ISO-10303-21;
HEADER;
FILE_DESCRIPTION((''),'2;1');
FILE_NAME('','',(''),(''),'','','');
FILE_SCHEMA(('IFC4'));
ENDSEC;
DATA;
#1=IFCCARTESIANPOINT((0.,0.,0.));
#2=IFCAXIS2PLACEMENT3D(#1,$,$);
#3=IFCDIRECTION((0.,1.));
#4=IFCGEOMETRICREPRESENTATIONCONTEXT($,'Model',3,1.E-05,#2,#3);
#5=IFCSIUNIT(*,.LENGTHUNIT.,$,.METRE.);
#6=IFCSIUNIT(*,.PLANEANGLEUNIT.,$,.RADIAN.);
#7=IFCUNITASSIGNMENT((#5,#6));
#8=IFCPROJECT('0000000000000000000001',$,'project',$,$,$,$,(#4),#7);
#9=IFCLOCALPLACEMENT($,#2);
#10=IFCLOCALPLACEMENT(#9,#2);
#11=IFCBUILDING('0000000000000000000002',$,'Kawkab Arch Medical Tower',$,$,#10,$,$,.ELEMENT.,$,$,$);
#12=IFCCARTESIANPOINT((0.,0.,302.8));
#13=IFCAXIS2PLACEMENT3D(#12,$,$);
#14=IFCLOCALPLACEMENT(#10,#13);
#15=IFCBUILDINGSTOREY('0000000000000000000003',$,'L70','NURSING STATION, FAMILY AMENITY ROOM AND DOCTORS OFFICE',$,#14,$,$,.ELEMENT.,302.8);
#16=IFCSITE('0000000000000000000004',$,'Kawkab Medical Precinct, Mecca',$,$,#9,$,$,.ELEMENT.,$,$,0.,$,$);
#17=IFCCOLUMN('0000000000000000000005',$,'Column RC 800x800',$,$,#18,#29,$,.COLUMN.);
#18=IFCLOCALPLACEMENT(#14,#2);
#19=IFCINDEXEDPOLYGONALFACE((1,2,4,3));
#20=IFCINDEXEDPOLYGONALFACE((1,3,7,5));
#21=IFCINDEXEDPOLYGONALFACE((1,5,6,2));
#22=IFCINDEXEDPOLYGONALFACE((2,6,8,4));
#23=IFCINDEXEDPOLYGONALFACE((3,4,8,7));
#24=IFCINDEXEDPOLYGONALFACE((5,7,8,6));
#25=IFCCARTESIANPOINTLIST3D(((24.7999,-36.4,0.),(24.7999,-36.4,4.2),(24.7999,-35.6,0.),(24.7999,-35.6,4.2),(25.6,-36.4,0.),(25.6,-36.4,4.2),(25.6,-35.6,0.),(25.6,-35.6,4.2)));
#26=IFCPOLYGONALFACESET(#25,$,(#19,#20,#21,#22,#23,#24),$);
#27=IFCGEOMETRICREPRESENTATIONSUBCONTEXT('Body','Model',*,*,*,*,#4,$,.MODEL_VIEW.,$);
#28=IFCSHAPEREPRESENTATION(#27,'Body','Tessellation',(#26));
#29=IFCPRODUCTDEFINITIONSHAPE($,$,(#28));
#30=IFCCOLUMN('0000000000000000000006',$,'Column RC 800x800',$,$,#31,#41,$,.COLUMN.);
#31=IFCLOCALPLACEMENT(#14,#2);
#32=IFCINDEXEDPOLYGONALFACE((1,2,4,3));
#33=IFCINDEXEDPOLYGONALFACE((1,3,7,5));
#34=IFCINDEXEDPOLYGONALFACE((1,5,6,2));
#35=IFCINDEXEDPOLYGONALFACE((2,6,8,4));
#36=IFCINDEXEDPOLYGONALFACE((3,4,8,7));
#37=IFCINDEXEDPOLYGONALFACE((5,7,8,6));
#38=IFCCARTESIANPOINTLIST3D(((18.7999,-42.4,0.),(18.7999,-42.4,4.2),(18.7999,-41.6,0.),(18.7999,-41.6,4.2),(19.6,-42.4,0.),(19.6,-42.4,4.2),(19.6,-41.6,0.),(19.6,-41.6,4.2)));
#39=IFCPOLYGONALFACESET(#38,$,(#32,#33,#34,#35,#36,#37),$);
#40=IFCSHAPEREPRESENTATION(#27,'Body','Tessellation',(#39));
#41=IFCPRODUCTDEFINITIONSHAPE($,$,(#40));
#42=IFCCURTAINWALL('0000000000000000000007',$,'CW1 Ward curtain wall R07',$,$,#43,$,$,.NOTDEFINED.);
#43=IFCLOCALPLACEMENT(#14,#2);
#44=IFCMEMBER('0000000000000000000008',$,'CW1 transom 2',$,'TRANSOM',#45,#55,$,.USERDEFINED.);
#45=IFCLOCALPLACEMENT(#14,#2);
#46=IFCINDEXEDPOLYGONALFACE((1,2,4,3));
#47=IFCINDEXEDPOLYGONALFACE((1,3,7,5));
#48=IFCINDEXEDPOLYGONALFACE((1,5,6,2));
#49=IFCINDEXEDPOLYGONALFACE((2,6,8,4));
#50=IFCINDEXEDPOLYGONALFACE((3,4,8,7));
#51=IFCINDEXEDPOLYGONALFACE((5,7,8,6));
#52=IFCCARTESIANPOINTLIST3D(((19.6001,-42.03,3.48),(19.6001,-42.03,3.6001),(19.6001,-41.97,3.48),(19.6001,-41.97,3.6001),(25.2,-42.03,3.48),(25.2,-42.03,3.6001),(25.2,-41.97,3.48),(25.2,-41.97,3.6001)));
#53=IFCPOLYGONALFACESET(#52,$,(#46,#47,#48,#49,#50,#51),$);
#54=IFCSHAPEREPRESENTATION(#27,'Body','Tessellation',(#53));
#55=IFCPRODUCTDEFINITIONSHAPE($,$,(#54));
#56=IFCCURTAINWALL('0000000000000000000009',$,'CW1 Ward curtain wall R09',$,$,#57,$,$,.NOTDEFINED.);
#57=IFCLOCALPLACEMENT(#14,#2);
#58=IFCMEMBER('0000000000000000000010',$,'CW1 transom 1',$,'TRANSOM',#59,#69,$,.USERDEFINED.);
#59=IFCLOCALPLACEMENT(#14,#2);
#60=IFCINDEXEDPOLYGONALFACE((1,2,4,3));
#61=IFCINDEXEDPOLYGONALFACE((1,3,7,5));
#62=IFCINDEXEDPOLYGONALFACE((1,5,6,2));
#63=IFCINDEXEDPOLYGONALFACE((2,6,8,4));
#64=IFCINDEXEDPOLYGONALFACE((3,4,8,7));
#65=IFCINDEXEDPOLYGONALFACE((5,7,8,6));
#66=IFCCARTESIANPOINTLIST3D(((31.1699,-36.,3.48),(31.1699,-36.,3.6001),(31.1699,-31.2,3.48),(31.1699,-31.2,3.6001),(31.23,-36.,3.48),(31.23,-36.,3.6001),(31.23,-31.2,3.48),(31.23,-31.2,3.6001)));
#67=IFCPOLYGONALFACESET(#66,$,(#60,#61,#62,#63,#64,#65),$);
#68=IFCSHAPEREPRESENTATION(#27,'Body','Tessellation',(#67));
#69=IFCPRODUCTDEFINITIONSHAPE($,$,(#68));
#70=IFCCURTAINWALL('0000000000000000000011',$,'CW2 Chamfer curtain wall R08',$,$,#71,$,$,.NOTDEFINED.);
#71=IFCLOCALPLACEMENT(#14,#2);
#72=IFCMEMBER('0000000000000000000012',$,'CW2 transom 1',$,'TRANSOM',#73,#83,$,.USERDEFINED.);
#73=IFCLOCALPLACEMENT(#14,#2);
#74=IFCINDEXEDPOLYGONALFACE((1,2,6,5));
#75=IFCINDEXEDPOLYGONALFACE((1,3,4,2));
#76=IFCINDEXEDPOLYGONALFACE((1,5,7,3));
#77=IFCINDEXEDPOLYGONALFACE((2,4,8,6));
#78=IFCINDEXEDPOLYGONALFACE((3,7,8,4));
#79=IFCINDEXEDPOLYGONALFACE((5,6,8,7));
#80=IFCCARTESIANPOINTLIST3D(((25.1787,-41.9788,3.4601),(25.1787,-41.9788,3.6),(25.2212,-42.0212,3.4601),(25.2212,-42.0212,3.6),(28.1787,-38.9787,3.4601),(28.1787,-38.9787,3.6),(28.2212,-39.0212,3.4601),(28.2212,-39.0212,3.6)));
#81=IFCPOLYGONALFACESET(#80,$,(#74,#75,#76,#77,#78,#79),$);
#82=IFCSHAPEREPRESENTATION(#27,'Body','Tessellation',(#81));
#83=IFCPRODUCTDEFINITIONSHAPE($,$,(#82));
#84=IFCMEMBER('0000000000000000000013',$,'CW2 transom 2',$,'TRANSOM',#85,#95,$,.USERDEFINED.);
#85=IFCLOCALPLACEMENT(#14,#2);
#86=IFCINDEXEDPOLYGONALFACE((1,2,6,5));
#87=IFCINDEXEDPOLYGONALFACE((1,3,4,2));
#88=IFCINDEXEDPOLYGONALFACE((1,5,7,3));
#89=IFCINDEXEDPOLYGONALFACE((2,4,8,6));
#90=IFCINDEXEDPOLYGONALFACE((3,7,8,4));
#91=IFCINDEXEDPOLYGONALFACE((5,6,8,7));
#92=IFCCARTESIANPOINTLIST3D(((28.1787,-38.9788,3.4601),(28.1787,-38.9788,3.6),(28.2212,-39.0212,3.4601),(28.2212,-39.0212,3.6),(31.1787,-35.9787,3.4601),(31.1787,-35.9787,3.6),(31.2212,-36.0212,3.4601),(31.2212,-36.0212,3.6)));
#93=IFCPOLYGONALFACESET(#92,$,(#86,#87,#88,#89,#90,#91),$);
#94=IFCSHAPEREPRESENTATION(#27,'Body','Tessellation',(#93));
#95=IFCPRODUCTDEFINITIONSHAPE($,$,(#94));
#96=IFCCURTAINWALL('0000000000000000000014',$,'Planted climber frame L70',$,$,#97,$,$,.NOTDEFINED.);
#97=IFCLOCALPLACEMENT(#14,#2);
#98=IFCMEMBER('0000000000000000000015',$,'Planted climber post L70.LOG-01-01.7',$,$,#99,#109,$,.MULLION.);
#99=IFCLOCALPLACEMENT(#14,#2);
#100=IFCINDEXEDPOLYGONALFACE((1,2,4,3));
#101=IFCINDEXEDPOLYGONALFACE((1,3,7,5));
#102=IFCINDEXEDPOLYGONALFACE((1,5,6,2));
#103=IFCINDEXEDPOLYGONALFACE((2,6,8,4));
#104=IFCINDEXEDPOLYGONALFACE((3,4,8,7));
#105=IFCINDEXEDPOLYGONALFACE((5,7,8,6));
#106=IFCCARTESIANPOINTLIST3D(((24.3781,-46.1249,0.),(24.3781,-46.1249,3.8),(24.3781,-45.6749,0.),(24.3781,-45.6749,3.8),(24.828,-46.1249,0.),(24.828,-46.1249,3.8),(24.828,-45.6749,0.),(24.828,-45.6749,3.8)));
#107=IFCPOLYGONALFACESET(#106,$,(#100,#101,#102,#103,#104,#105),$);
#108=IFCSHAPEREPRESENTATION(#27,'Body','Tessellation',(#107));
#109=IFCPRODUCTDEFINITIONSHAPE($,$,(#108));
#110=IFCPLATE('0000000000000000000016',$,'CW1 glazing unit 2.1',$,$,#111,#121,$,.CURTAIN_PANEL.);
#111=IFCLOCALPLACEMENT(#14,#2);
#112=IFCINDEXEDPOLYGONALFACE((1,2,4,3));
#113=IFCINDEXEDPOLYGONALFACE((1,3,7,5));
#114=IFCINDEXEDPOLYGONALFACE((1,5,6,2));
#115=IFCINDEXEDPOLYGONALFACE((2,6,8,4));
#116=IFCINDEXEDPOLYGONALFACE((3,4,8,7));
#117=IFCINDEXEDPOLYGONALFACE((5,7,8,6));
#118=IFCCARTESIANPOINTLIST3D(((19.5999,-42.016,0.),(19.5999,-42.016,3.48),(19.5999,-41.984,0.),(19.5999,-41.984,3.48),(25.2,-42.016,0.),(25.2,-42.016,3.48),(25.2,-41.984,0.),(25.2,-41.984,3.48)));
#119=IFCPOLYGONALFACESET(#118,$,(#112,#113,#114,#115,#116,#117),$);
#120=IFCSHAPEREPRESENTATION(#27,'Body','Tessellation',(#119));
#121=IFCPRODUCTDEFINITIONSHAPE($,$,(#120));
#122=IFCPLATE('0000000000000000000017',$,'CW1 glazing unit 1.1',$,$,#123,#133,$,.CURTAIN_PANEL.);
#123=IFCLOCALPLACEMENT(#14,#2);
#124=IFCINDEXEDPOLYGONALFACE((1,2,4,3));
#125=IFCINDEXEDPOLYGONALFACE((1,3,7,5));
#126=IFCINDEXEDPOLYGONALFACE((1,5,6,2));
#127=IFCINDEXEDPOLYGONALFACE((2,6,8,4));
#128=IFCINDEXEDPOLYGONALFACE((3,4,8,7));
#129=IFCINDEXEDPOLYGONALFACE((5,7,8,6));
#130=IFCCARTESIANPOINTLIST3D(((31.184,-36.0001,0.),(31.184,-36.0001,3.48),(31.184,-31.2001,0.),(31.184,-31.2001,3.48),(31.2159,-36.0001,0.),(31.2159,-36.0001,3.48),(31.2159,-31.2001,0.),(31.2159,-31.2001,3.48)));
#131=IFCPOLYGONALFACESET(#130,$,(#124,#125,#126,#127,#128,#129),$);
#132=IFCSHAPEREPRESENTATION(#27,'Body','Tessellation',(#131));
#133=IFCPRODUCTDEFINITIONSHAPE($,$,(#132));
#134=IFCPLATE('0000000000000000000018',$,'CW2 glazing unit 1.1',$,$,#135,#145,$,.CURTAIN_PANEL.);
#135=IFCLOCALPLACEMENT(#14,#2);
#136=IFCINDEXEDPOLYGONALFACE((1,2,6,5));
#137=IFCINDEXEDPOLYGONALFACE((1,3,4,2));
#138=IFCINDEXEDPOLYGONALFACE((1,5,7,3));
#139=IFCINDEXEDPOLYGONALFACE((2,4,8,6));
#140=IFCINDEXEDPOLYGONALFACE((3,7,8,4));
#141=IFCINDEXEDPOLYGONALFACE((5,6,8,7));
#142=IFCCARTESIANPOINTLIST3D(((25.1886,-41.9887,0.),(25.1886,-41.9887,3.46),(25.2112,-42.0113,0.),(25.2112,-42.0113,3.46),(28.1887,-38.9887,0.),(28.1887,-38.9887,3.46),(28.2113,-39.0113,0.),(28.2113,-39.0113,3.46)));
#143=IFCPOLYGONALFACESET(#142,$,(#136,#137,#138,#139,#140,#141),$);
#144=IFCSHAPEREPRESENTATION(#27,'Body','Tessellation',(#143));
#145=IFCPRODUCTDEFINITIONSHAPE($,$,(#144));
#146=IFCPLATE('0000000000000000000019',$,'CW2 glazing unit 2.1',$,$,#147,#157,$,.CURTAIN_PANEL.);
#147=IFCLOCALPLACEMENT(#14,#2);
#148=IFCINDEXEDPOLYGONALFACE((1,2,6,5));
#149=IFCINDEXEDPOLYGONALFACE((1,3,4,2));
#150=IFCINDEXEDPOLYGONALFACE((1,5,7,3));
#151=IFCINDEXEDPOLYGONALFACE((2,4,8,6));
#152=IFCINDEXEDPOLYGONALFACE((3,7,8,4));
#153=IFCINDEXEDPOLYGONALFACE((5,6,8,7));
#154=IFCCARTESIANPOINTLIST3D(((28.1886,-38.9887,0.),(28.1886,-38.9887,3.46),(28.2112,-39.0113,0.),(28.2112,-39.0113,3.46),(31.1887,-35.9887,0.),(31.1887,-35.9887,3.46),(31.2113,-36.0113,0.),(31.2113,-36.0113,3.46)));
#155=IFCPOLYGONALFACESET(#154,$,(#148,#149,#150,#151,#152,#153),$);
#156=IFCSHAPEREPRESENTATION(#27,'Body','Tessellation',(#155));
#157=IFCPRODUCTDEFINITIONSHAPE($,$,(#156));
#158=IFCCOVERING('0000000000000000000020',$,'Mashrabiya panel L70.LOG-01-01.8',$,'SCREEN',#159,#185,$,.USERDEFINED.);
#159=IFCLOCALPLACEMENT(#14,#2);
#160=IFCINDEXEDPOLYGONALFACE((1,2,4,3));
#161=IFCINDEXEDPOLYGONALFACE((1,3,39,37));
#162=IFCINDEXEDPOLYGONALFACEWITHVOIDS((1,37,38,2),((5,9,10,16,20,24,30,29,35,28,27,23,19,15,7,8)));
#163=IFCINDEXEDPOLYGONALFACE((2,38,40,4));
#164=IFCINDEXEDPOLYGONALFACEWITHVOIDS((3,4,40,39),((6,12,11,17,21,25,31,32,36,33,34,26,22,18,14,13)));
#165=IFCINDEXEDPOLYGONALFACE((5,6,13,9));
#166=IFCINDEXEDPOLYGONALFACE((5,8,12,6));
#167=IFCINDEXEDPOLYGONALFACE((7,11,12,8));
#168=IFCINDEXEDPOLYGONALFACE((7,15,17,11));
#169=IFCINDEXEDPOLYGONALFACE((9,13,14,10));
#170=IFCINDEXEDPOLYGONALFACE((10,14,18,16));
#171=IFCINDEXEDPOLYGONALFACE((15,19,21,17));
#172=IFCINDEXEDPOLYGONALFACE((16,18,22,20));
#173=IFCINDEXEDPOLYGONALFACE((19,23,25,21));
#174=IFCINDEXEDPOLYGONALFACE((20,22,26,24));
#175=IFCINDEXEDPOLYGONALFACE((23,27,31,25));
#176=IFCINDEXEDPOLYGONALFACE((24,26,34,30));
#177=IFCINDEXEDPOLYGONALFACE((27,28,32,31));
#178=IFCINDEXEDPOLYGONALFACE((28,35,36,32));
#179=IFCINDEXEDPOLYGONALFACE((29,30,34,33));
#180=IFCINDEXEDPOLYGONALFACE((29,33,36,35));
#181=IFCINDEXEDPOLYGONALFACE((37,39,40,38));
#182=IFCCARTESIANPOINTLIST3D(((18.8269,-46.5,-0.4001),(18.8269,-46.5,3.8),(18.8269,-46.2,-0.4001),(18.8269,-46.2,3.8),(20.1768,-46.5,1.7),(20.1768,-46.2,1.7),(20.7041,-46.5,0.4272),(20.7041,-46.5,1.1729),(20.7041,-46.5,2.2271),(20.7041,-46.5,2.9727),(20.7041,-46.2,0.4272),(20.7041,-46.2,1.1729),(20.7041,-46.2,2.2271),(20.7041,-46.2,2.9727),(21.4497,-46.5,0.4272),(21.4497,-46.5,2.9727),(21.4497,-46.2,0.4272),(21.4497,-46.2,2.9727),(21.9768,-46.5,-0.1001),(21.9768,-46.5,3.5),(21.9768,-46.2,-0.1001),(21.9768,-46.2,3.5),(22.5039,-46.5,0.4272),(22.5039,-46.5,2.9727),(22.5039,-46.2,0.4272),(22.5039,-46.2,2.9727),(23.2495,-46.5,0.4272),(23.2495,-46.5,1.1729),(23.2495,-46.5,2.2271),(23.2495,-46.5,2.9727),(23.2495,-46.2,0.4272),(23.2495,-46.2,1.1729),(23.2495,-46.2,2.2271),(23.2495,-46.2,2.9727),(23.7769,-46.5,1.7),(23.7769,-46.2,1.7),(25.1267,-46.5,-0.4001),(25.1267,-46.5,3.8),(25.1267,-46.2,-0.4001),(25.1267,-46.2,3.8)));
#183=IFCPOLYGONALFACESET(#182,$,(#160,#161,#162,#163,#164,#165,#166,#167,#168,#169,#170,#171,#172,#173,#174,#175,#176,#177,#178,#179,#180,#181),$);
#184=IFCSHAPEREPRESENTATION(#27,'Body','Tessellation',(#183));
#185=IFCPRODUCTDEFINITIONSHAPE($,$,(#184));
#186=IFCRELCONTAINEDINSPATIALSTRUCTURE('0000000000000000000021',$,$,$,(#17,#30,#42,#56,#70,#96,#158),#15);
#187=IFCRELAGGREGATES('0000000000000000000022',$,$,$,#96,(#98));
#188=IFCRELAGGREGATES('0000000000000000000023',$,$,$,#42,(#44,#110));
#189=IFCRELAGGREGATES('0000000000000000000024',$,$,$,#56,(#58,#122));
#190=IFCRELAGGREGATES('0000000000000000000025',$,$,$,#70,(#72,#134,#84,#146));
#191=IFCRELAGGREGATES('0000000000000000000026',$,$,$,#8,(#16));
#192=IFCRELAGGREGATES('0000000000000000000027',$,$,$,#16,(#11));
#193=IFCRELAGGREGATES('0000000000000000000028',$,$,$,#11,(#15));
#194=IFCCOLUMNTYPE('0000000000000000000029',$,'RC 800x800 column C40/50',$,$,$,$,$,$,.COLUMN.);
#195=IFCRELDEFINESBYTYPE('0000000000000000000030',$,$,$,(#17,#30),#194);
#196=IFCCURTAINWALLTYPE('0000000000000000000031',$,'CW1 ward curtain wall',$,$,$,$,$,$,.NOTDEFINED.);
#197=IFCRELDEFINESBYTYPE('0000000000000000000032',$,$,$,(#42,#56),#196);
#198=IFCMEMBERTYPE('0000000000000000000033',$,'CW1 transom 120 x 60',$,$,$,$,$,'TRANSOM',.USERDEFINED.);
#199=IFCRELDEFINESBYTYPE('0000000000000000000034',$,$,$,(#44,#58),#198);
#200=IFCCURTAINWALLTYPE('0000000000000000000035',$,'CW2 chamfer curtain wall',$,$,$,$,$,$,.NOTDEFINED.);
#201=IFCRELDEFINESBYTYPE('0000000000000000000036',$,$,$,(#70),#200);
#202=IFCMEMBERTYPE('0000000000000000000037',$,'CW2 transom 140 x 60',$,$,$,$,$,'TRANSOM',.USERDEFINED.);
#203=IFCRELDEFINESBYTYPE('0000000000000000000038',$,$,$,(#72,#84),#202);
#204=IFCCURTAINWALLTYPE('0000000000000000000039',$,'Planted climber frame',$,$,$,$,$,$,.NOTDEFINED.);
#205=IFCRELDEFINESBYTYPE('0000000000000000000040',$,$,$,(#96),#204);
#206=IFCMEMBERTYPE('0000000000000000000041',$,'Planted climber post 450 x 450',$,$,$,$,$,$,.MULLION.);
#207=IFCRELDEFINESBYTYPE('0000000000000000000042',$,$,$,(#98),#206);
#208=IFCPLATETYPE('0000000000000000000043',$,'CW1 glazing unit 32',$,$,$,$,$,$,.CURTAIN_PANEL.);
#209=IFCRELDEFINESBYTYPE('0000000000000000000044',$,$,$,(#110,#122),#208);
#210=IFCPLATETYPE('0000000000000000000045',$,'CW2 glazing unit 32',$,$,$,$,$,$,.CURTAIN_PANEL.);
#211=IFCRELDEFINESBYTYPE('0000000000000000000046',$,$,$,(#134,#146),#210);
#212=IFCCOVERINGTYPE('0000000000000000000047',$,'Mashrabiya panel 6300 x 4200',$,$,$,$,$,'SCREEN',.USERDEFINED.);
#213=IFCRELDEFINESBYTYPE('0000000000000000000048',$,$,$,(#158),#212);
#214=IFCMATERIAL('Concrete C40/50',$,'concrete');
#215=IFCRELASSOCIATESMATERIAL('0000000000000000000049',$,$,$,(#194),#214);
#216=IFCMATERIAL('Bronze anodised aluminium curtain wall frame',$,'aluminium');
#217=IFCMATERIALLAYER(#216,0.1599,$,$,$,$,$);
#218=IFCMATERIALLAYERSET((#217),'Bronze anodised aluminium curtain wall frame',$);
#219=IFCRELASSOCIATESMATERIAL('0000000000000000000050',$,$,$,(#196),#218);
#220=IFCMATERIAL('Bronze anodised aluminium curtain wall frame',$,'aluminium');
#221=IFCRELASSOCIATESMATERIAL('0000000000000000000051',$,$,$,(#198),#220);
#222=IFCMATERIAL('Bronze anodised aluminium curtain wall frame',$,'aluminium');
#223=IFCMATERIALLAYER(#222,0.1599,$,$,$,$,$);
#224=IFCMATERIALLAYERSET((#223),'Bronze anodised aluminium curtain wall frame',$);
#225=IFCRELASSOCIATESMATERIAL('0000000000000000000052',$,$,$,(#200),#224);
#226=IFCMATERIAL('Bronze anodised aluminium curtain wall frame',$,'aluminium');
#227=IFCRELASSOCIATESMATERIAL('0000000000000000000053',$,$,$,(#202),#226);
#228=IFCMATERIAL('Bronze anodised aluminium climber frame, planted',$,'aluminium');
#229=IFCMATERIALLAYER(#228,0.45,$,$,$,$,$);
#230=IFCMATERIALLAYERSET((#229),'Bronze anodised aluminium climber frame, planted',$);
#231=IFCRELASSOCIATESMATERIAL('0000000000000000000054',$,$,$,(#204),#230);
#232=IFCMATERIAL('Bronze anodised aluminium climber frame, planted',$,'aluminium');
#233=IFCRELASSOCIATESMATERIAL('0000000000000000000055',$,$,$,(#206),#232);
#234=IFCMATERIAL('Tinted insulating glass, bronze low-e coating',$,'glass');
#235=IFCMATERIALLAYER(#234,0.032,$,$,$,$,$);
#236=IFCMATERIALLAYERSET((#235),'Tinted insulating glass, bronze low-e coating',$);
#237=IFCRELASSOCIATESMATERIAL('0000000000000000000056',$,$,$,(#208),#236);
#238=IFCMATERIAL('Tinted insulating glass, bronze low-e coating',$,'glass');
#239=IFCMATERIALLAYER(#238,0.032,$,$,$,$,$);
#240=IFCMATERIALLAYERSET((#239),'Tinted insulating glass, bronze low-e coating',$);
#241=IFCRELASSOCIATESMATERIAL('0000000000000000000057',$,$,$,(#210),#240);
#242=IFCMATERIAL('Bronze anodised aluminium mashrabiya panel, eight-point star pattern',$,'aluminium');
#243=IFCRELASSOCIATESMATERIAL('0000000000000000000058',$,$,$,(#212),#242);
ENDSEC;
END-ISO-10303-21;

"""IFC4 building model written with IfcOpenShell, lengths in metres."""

from ifc_helpers import new_model, si_unit, direction, frame, origin, origin_2d, place, context, subcontext, project, spatial, polyline, rectangle, outline, extrude, material, layer, layer_set, material_profile, profile_set, type_object, element, aggregate, save


model = new_model("IFC4")

# Units and contexts
model_context = context("Model", 3, precision=1e-05, world=origin(), true_north=direction((0.0, 1.0)))
body_context = subcontext(model_context, "Body", "Model", "MODEL_VIEW")
ifc_project = project(units=[si_unit("LENGTHUNIT", "METRE"), si_unit("PLANEANGLEUNIT", "RADIAN")], contexts=[model_context])

# Site, building, storey
site_placement = place(None, origin())
site = spatial("IfcSite", under=ifc_project, at=site_placement, Name="Kawkab Medical Precinct, Mecca", CompositionType="ELEMENT", RefElevation=0.0)
building_placement = place(site_placement, origin())
building = spatial("IfcBuilding", under=site, at=building_placement, Name="Kawkab Arch Medical Tower", CompositionType="ELEMENT")
storey_placement = place(building_placement, frame((0.0, 0.0, 302.8)))
storey = spatial("IfcBuildingStorey", under=building, at=storey_placement, Name="L70", Description="NURSING STATION, FAMILY AMENITY ROOM AND DOCTORS OFFICE", CompositionType="ELEMENT", Elevation=302.8)

# Columns
ifc_material_1 = material(Name="Concrete C40/50", Category="concrete")
ifc_material_profile_1 = material_profile(ifc_material_1, rectangle(XDim=0.8, YDim=0.8, at=origin_2d()), Name="RC 800x800")
ifc_profile_set_1 = profile_set([ifc_material_profile_1], Name="Concrete C40/50")
column_type = type_object("IfcColumnType", Name="RC 800x800 column C40/50", PredefinedType="COLUMN", material=ifc_profile_set_1)
for number, where, z_axis, x_axis, name in (
    (1, (25.2, -36.0, 0.0), (0.0, 0.0, 1.0), (1.0, 0.0, 0.0), "Column RC 800x800"),
    (2, (19.2, -42.0, 0.0), (0.0, 0.0, 1.0), (1.0, 0.0, 0.0), "Column RC 800x800"),
):
    element("IfcColumn", number, at=place(storey_placement, frame(where, z_axis=z_axis, x_axis=x_axis)), inside=storey, type_object=column_type, Name=name, PredefinedType="COLUMN", context=body_context, shape_type="SweptSolid", body=[
        extrude(rectangle(XDim=0.8, YDim=0.8, at=origin_2d()), origin(), (0.0, 0.0, 1.0), 4.2),
    ])

# Curtain walls, members
ifc_material_2 = material(Name="Bronze anodised aluminium curtain wall frame", Category="aluminium")
ifc_layer_1 = layer(ifc_material_2, 0.1599)
ifc_layer_set_1 = layer_set([ifc_layer_1], Name="Bronze anodised aluminium curtain wall frame")
curtain_wall_type_1 = type_object("IfcCurtainWallType", Name="CW1 ward curtain wall", PredefinedType="NOTDEFINED", material=ifc_layer_set_1)
placement = place(storey_placement, origin())
curtain_wall_1 = element("IfcCurtainWall", 3, at=placement, inside=storey, type_object=curtain_wall_type_1, Name="CW1 Ward curtain wall R07", PredefinedType="NOTDEFINED")
ifc_material_3 = material(Name="Bronze anodised aluminium curtain wall frame", Category="aluminium")
ifc_material_profile_2 = material_profile(ifc_material_3, rectangle(XDim=0.0601, YDim=0.1201, at=origin_2d()), Name="AL 60x120")
ifc_profile_set_2 = profile_set([ifc_material_profile_2], Name="Bronze anodised aluminium curtain wall frame")
member_type_1 = type_object("IfcMemberType", Name="CW1 transom 120 x 60", ElementType="TRANSOM", PredefinedType="USERDEFINED", material=ifc_profile_set_2)
member_1_placement = place(storey_placement, frame((19.6001, -42.0, 3.54), z_axis=(1.0, 0.0, 0.0), x_axis=(0.0, 1.0, 0.0)))
member_1 = element("IfcMember", 4, at=member_1_placement, type_object=member_type_1, Name="CW1 transom 2", ObjectType="TRANSOM", PredefinedType="USERDEFINED", context=body_context, shape_type="SweptSolid", body=[
    extrude(rectangle(XDim=0.0601, YDim=0.1201, at=origin_2d()), origin(), (0.0, 0.0, 1.0), 5.5999),
])
curtain_wall_2 = element("IfcCurtainWall", 5, at=placement, inside=storey, type_object=curtain_wall_type_1, Name="CW1 Ward curtain wall R09", PredefinedType="NOTDEFINED")
member_2_placement = place(storey_placement, frame((31.2, -36.0, 3.54), z_axis=(0.0, 1.0, 0.0), x_axis=(-1.0, 0.0, 0.0)))
member_2 = element("IfcMember", 6, at=member_2_placement, type_object=member_type_1, Name="CW1 transom 1", ObjectType="TRANSOM", PredefinedType="USERDEFINED", context=body_context, shape_type="SweptSolid", body=[
    extrude(rectangle(XDim=0.0601, YDim=0.1201, at=origin_2d()), origin(), (0.0, 0.0, 1.0), 4.8),
])

# Curtain wall, members
ifc_material_4 = material(Name="Bronze anodised aluminium curtain wall frame", Category="aluminium")
ifc_layer_2 = layer(ifc_material_4, 0.1599)
ifc_layer_set_2 = layer_set([ifc_layer_2], Name="Bronze anodised aluminium curtain wall frame")
curtain_wall_type_2 = type_object("IfcCurtainWallType", Name="CW2 chamfer curtain wall", PredefinedType="NOTDEFINED", material=ifc_layer_set_2)
curtain_wall_3 = element("IfcCurtainWall", 7, at=placement, inside=storey, type_object=curtain_wall_type_2, Name="CW2 Chamfer curtain wall R08", PredefinedType="NOTDEFINED")
ifc_material_5 = material(Name="Bronze anodised aluminium curtain wall frame", Category="aluminium")
ifc_material_profile_3 = material_profile(ifc_material_5, rectangle(XDim=0.0601, YDim=0.1399, at=origin_2d()), Name="AL 60x140")
ifc_profile_set_3 = profile_set([ifc_material_profile_3], Name="Bronze anodised aluminium curtain wall frame")
member_type_2 = type_object("IfcMemberType", Name="CW2 transom 140 x 60", ElementType="TRANSOM", PredefinedType="USERDEFINED", material=ifc_profile_set_3)
member_3_placement = place(storey_placement, frame((25.2, -42.0, 3.53), z_axis=(0.707107, 0.707107, 0.0), x_axis=(-0.707107, 0.707107, 0.0)))
member_3 = element("IfcMember", 8, at=member_3_placement, type_object=member_type_2, Name="CW2 transom 1", ObjectType="TRANSOM", PredefinedType="USERDEFINED", context=body_context, shape_type="SweptSolid", body=[
    extrude(rectangle(XDim=0.0601, YDim=0.1399, at=origin_2d()), origin(), (0.0, 0.0, 1.0), 4.2427),
])
member_4_placement = place(storey_placement, frame((28.2, -39.0, 3.53), z_axis=(0.707107, 0.707107, 0.0), x_axis=(-0.707107, 0.707107, 0.0)))
member_4 = element("IfcMember", 9, at=member_4_placement, type_object=member_type_2, Name="CW2 transom 2", ObjectType="TRANSOM", PredefinedType="USERDEFINED", context=body_context, shape_type="SweptSolid", body=[
    extrude(rectangle(XDim=0.0601, YDim=0.1399, at=origin_2d()), origin(), (0.0, 0.0, 1.0), 4.2427),
])

# Curtain wall, member
ifc_material_6 = material(Name="Bronze anodised aluminium climber frame, planted", Category="aluminium")
ifc_layer_3 = layer(ifc_material_6, 0.45)
ifc_layer_set_3 = layer_set([ifc_layer_3], Name="Bronze anodised aluminium climber frame, planted")
curtain_wall_type_3 = type_object("IfcCurtainWallType", Name="Planted climber frame", PredefinedType="NOTDEFINED", material=ifc_layer_set_3)
curtain_wall_4 = element("IfcCurtainWall", 10, at=placement, inside=storey, type_object=curtain_wall_type_3, Name="Planted climber frame L70", PredefinedType="NOTDEFINED")
ifc_material_7 = material(Name="Bronze anodised aluminium climber frame, planted", Category="aluminium")
ifc_material_profile_4 = material_profile(ifc_material_7, rectangle(XDim=0.45, YDim=0.45, at=origin_2d()), Name="Post 450x450")
ifc_profile_set_4 = profile_set([ifc_material_profile_4], Name="Bronze anodised aluminium climber frame, planted")
member_type_3 = type_object("IfcMemberType", Name="Planted climber post 450 x 450", PredefinedType="MULLION", material=ifc_profile_set_4)
member_5_placement = place(storey_placement, frame((24.603, -45.8999, 0.0), z_axis=(0.0, 0.0, 1.0), x_axis=(1.0, 0.0, 0.0)))
member_5 = element("IfcMember", 11, at=member_5_placement, type_object=member_type_3, Name="Planted climber post L70.LOG-01-01.7", PredefinedType="MULLION", context=body_context, shape_type="SweptSolid", body=[
    extrude(rectangle(XDim=0.45, YDim=0.45, at=origin_2d()), origin(), (0.0, 0.0, 1.0), 3.8),
])
aggregate(curtain_wall_4, [member_5])

# Plates
ifc_material_8 = material(Name="Tinted insulating glass, bronze low-e coating", Category="glass")
ifc_layer_4 = layer(ifc_material_8, 0.032)
ifc_layer_set_4 = layer_set([ifc_layer_4], Name="Tinted insulating glass, bronze low-e coating")
plate_type_1 = type_object("IfcPlateType", Name="CW1 glazing unit 32", PredefinedType="CURTAIN_PANEL", material=ifc_layer_set_4)
plate_1_placement = place(storey_placement, frame((22.3999, -42.0, 0.0), z_axis=(0.0, 0.0, 1.0), x_axis=(1.0, 0.0, 0.0)))
plate_1 = element("IfcPlate", 12, at=plate_1_placement, type_object=plate_type_1, Name="CW1 glazing unit 2.1", PredefinedType="CURTAIN_PANEL", context=body_context, shape_type="SweptSolid", body=[
    extrude(rectangle(XDim=5.6001, YDim=0.032, at=origin_2d()), origin(), (0.0, 0.0, 1.0), 3.48),
])
aggregate(curtain_wall_1, [member_1, plate_1])
plate_2_placement = place(storey_placement, frame((31.2, -33.6001, 0.0), z_axis=(0.0, 0.0, 1.0), x_axis=(0.0, 1.0, 0.0)))
plate_2 = element("IfcPlate", 13, at=plate_2_placement, type_object=plate_type_1, Name="CW1 glazing unit 1.1", PredefinedType="CURTAIN_PANEL", context=body_context, shape_type="SweptSolid", body=[
    extrude(rectangle(XDim=4.8, YDim=0.032, at=origin_2d()), origin(), (0.0, 0.0, 1.0), 3.48),
])
aggregate(curtain_wall_2, [member_2, plate_2])
ifc_material_9 = material(Name="Tinted insulating glass, bronze low-e coating", Category="glass")
ifc_layer_5 = layer(ifc_material_9, 0.032)
ifc_layer_set_5 = layer_set([ifc_layer_5], Name="Tinted insulating glass, bronze low-e coating")
plate_type_2 = type_object("IfcPlateType", Name="CW2 glazing unit 32", PredefinedType="CURTAIN_PANEL", material=ifc_layer_set_5)
plate_3_placement = place(storey_placement, frame((26.7, -40.5, 0.0), z_axis=(0.0, 0.0, 1.0), x_axis=(0.707107, 0.707107, 0.0)))
plate_3 = element("IfcPlate", 14, at=plate_3_placement, type_object=plate_type_2, Name="CW2 glazing unit 1.1", PredefinedType="CURTAIN_PANEL", context=body_context, shape_type="SweptSolid", body=[
    extrude(rectangle(XDim=4.2427, YDim=0.032, at=origin_2d()), origin(), (0.0, 0.0, 1.0), 3.46),
])
plate_4_placement = place(storey_placement, frame((29.7, -37.5, 0.0), z_axis=(0.0, 0.0, 1.0), x_axis=(0.707107, 0.707107, 0.0)))
plate_4 = element("IfcPlate", 15, at=plate_4_placement, type_object=plate_type_2, Name="CW2 glazing unit 2.1", PredefinedType="CURTAIN_PANEL", context=body_context, shape_type="SweptSolid", body=[
    extrude(rectangle(XDim=4.2427, YDim=0.032, at=origin_2d()), origin(), (0.0, 0.0, 1.0), 3.46),
])
aggregate(curtain_wall_3, [member_3, plate_3, member_4, plate_4])

# Covering
ifc_material_10 = material(Name="Bronze anodised aluminium mashrabiya panel, eight-point star pattern", Category="aluminium")
ifc_material_profile_5 = material_profile(ifc_material_10, outline(polyline([(-3.1499, -2.1001), (3.1499, -2.1001), (3.1499, 2.1001), (-3.1499, 2.1001), (-3.1499, -2.1001)]), holes=[polyline([(1.8, 0.0), (1.2727, 0.5271), (1.2727, 1.2727), (0.5271, 1.2727), (0.0, 1.8), (-0.5271, 1.2727), (-1.2727, 1.2727), (-1.2727, 0.5271), (-1.8, 0.0), (-1.2727, -0.5271), (-1.2727, -1.2727), (-0.5271, -1.2727), (0.0, -1.8), (0.5271, -1.2727), (1.2727, -1.2727), (1.2727, -0.5271), (1.8, 0.0)])]), Name="Mashrabiya panel 6300x4200")
ifc_profile_set_5 = profile_set([ifc_material_profile_5], Name="Bronze anodised aluminium mashrabiya panel, eight-point star pattern")
covering_type_1 = type_object("IfcCoveringType", Name="Mashrabiya panel 6300 x 4200", ElementType="SCREEN", PredefinedType="USERDEFINED", material=ifc_profile_set_5)
covering_1_placement = place(storey_placement, frame((21.9768, -46.2, 1.7), z_axis=(0.0, -1.0, 0.0), x_axis=(1.0, 0.0, 0.0)))
element("IfcCovering", 16, at=covering_1_placement, inside=storey, type_object=covering_type_1, Name="Mashrabiya panel L70.LOG-01-01.8", ObjectType="SCREEN", PredefinedType="USERDEFINED", context=body_context, shape_type="SweptSolid", body=[
    extrude(outline(polyline([(-3.1499, -2.1001), (3.1499, -2.1001), (3.1499, 2.1001), (-3.1499, 2.1001), (-3.1499, -2.1001)]), holes=[polyline([(1.8, 0.0), (1.2727, 0.5271), (1.2727, 1.2727), (0.5271, 1.2727), (0.0, 1.8), (-0.5271, 1.2727), (-1.2727, 1.2727), (-1.2727, 0.5271), (-1.8, 0.0), (-1.2727, -0.5271), (-1.2727, -1.2727), (-0.5271, -1.2727), (0.0, -1.8), (0.5271, -1.2727), (1.2727, -1.2727), (1.2727, -0.5271), (1.8, 0.0)])]), origin(), (0.0, 0.0, 1.0), 0.3),
])

save(model, "model.ifc")
